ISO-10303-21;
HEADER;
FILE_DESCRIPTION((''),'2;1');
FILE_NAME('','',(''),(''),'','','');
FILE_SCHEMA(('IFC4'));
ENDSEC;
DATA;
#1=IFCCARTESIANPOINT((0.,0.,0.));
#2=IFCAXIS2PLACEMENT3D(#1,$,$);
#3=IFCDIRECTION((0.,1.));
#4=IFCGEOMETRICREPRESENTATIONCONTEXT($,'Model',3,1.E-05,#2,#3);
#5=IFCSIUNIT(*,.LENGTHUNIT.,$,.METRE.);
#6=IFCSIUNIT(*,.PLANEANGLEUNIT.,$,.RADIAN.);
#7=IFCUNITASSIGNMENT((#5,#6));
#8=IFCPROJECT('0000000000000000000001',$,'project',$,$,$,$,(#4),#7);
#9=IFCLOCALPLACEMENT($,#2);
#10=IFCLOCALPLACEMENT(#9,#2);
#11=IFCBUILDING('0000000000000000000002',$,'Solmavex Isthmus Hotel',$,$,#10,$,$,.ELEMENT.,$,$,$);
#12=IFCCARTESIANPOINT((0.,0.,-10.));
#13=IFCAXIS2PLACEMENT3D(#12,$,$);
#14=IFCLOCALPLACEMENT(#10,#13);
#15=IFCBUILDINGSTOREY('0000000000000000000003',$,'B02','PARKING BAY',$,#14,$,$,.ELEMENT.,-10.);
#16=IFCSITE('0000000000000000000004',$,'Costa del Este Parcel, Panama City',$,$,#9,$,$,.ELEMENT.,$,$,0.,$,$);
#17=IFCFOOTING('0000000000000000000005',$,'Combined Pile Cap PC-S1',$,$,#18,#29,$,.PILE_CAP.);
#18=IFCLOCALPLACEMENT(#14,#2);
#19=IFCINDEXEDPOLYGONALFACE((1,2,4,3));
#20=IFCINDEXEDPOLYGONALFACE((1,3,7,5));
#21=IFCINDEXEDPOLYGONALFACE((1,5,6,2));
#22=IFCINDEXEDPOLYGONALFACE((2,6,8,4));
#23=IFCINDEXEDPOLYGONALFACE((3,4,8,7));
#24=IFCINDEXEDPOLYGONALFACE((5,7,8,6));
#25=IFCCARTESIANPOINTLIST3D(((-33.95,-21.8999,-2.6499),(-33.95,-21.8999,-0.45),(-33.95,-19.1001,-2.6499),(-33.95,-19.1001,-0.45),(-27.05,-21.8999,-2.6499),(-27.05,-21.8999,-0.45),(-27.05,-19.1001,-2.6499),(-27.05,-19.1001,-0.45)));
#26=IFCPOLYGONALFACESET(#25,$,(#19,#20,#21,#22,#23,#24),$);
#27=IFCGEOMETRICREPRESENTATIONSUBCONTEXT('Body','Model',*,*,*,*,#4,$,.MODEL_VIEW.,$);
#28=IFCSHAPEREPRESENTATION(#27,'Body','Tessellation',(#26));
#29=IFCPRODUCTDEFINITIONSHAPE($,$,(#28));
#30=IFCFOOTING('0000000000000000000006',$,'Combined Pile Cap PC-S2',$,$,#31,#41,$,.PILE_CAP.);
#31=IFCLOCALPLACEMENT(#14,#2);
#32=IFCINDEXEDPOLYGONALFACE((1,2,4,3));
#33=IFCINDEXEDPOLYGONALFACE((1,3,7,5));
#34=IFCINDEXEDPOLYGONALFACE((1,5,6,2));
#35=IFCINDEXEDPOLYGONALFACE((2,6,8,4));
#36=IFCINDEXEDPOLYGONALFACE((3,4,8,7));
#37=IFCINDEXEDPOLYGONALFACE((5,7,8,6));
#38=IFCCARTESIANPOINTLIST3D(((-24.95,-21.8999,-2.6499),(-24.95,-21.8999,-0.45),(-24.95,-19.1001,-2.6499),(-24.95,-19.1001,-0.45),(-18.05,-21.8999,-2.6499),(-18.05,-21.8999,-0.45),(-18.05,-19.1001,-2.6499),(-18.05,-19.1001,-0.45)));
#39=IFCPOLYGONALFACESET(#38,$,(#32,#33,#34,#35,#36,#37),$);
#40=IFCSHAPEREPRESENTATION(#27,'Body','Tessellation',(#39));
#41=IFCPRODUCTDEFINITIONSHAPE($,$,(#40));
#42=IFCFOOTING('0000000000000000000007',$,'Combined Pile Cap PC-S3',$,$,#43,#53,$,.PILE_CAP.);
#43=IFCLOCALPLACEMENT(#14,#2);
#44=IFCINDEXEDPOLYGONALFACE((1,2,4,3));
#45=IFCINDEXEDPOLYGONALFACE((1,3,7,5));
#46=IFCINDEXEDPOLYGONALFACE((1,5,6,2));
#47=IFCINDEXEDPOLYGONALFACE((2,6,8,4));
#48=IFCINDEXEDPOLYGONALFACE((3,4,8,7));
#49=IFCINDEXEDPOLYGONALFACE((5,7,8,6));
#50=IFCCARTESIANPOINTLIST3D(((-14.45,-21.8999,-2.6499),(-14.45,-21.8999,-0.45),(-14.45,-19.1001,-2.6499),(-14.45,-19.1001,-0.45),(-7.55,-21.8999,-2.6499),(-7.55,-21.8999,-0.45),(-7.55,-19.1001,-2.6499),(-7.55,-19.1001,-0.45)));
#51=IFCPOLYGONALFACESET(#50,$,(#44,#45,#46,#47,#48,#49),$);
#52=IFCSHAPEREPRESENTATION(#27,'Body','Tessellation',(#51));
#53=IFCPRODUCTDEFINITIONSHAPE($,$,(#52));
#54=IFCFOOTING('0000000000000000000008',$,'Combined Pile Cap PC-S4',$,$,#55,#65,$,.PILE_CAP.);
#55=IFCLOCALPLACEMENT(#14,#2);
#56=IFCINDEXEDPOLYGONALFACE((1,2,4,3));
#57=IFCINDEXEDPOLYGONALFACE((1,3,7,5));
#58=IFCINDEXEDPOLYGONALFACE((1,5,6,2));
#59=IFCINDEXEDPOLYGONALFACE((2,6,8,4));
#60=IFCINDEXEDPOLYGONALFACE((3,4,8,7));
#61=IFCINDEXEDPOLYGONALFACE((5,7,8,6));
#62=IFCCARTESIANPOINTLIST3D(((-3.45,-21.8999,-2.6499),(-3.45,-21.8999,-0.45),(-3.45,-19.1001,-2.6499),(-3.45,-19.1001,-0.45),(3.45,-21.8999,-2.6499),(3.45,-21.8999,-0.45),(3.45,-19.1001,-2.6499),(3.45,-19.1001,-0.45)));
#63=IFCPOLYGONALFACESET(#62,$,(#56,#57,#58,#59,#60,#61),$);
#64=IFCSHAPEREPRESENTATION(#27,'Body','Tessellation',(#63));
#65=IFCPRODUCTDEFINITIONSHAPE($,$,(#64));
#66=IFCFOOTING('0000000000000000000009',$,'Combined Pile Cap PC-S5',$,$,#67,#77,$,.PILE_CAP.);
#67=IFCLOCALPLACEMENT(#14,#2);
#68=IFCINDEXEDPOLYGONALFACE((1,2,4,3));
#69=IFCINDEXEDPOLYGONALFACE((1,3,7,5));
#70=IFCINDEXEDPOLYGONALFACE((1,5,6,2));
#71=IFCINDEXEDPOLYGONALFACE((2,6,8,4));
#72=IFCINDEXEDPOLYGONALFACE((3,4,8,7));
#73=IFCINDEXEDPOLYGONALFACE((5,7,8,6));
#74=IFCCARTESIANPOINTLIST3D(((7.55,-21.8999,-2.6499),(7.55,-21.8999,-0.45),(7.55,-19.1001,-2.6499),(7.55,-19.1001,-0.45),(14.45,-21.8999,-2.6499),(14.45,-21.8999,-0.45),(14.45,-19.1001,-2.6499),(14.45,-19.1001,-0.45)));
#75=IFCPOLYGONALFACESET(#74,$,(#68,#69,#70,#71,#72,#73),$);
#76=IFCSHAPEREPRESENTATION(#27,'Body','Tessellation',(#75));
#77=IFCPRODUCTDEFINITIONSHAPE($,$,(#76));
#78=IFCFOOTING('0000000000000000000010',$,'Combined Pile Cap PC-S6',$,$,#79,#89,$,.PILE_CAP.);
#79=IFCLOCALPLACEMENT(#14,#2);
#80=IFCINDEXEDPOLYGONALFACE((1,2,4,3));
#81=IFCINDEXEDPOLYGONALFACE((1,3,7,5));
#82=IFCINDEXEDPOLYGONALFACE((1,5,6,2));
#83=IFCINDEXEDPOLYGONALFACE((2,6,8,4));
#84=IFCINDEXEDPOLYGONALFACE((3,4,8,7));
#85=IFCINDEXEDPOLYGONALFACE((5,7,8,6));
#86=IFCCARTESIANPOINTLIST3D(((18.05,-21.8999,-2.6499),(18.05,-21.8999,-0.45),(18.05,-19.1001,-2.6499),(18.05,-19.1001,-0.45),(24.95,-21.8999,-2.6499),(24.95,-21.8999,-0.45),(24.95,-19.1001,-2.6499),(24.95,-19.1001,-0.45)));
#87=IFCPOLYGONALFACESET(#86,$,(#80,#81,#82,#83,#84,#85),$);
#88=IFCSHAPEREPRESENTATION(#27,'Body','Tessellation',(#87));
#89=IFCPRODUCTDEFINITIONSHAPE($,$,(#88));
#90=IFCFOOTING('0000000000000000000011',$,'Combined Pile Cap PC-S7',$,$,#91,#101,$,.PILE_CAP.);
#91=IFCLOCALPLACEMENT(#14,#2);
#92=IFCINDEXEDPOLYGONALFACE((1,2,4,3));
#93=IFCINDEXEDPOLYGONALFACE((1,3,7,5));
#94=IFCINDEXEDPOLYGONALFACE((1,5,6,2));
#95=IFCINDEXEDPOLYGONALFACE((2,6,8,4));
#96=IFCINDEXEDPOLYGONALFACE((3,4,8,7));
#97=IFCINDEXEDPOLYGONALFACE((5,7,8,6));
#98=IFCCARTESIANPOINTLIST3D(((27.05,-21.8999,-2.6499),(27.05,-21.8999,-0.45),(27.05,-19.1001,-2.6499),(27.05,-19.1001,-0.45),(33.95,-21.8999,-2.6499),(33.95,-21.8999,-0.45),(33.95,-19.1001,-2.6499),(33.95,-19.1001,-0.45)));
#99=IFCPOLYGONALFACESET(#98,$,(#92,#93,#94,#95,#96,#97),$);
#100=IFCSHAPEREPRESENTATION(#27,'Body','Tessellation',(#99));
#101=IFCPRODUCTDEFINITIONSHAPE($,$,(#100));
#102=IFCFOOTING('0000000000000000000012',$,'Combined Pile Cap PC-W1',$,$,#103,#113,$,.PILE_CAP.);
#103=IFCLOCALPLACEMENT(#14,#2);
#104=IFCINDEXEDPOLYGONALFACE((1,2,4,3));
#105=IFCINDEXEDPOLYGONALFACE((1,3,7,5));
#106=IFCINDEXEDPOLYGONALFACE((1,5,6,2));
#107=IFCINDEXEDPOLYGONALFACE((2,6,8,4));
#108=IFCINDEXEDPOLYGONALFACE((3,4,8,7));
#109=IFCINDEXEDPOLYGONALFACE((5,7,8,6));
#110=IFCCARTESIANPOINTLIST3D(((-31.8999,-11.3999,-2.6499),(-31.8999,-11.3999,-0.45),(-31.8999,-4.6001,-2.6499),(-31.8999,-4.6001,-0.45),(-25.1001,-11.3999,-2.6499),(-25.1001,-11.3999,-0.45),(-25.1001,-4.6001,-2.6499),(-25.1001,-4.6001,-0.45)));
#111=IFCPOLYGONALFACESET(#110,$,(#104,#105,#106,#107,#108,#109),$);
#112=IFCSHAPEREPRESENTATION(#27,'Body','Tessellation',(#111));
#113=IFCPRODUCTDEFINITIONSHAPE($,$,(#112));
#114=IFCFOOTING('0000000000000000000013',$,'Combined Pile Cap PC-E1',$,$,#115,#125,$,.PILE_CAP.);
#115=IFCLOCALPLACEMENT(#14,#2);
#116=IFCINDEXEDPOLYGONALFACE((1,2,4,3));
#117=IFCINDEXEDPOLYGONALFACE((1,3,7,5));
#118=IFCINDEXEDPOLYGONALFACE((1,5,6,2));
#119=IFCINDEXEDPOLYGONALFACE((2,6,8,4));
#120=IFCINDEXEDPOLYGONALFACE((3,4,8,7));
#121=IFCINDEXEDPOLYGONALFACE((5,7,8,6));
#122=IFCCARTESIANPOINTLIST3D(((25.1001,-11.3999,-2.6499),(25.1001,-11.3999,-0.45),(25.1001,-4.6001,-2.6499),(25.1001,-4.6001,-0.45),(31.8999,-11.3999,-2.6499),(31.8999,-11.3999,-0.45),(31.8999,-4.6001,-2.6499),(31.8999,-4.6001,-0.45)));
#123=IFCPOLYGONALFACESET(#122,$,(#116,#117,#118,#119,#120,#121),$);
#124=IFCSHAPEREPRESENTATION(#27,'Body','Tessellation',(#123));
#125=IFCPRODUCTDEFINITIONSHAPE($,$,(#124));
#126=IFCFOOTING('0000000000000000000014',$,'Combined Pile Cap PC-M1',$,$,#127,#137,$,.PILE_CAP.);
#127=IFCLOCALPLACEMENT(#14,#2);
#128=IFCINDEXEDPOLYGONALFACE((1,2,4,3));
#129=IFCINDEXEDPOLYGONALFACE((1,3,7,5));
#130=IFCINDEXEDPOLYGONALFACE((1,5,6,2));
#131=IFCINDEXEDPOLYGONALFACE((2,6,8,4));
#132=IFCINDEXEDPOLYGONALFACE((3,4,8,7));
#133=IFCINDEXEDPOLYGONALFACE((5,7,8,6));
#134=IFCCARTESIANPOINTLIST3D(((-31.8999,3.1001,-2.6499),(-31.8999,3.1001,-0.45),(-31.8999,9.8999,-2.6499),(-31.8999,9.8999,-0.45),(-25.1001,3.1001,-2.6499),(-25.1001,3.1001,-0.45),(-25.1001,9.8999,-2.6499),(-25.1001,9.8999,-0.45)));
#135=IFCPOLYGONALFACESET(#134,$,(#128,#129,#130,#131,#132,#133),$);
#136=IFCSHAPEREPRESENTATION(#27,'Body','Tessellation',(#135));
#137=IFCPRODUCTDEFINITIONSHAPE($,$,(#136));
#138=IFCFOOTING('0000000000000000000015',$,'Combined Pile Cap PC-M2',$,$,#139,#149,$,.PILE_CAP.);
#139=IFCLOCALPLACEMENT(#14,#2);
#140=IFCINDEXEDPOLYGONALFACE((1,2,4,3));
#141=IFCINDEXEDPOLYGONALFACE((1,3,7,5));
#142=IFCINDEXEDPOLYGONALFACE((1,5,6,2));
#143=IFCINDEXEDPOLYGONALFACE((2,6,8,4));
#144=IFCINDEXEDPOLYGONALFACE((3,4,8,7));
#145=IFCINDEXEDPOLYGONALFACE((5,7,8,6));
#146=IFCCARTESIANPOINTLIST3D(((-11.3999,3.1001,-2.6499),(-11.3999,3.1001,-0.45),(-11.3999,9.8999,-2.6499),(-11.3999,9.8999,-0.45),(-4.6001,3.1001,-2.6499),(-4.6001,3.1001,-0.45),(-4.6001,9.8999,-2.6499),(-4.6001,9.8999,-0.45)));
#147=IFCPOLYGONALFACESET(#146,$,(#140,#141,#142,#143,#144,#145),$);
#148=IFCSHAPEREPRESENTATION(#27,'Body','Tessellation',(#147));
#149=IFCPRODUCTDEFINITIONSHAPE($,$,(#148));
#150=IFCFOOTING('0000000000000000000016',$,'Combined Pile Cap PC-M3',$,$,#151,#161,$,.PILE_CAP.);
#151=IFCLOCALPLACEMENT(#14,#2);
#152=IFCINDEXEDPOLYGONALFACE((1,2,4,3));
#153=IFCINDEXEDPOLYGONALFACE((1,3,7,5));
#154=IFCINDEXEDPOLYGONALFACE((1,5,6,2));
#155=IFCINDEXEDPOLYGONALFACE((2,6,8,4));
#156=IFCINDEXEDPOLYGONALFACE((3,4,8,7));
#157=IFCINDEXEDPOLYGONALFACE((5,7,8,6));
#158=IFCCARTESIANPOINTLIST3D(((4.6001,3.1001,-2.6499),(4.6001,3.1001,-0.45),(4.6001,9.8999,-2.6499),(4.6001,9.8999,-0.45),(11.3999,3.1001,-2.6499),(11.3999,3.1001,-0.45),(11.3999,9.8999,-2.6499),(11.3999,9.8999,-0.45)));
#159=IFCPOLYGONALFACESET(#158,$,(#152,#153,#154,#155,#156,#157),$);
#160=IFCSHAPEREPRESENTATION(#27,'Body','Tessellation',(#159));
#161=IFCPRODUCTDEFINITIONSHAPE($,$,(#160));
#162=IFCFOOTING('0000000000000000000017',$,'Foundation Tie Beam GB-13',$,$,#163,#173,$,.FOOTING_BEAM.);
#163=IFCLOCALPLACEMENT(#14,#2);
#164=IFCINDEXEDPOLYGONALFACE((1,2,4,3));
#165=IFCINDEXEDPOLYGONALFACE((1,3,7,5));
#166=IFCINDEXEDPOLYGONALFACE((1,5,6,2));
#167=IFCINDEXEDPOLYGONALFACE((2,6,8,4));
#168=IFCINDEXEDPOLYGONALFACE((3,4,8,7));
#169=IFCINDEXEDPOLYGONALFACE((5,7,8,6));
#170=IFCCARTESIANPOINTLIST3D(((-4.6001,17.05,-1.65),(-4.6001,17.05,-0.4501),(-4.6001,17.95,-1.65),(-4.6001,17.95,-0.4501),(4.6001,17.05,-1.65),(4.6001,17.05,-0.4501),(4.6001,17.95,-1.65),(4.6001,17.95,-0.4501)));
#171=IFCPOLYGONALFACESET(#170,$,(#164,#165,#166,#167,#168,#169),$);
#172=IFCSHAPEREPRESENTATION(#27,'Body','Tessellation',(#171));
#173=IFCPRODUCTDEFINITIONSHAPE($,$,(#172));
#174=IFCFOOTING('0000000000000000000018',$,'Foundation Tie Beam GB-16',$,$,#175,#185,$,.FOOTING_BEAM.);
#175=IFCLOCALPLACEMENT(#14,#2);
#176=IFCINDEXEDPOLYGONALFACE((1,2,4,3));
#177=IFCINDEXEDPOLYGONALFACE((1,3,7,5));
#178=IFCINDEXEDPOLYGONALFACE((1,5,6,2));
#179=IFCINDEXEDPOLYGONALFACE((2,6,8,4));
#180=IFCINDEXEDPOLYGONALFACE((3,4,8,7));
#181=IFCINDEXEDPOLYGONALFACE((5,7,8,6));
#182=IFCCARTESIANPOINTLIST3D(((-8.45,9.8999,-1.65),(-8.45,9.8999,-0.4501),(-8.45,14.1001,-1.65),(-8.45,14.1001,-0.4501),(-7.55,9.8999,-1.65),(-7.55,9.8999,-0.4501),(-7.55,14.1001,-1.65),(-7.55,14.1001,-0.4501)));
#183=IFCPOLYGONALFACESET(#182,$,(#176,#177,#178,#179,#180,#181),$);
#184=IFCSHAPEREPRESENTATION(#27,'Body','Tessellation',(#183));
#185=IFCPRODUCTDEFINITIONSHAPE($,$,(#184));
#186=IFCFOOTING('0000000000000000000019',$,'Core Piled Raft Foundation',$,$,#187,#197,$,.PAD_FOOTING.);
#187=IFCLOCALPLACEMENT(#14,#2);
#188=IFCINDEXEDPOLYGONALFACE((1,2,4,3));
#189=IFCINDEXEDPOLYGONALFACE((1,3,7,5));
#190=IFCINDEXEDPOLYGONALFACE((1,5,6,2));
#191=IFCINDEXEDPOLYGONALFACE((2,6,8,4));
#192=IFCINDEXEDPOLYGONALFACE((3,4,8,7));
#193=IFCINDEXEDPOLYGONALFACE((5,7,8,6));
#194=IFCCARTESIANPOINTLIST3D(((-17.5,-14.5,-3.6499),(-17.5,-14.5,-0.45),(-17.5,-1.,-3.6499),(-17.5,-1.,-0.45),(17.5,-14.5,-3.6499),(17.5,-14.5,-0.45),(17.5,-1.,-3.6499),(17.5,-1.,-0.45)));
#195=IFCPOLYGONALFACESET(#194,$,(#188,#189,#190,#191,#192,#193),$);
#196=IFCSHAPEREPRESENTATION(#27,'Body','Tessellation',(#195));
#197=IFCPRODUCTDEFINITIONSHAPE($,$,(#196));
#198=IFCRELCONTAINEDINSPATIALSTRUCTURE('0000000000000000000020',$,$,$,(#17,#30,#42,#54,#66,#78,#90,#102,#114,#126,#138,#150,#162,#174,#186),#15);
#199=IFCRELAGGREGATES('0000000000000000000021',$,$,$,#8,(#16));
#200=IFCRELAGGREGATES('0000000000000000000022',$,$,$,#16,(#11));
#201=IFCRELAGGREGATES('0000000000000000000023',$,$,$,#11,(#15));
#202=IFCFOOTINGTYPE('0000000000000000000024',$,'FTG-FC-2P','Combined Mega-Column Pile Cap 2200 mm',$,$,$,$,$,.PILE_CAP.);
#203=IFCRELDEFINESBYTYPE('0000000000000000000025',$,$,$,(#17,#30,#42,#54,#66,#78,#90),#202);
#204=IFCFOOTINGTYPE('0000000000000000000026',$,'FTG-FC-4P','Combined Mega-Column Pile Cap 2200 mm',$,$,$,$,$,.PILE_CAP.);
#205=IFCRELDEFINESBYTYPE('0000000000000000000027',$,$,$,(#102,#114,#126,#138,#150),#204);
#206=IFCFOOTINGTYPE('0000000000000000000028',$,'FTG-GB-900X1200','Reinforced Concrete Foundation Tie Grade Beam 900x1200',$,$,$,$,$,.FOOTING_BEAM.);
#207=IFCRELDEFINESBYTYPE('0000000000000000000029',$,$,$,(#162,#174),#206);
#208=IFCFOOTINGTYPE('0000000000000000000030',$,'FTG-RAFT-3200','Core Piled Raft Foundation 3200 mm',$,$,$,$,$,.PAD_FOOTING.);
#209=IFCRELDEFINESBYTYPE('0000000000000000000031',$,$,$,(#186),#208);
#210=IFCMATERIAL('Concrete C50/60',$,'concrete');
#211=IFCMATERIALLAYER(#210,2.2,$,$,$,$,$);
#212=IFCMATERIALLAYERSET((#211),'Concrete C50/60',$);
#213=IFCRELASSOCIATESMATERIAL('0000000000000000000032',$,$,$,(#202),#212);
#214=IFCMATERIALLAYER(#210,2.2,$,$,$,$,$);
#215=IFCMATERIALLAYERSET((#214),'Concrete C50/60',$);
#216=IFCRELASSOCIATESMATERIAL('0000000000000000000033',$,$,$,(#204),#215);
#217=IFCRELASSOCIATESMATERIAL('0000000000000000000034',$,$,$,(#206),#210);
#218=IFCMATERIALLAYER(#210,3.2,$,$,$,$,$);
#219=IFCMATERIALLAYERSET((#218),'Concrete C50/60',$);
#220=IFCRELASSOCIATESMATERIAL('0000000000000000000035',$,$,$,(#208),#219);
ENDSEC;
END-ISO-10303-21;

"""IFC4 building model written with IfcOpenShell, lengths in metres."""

from ifc_helpers import new_model, si_unit, direction, frame, origin, origin_2d, place, context, subcontext, project, spatial, polyline, rectangle, outline, extrude, material, layer, layer_set, type_object, element, save


model = new_model("IFC4")

# Units and contexts
model_context = context("Model", 3, precision=1e-05, world=origin(), true_north=direction((0.0, 1.0)))
body_context = subcontext(model_context, "Body", "Model", "MODEL_VIEW")
ifc_project = project(units=[si_unit("LENGTHUNIT", "METRE"), si_unit("PLANEANGLEUNIT", "RADIAN")], contexts=[model_context])

# Site, building, storey
site_placement = place(None, origin())
site = spatial("IfcSite", under=ifc_project, at=site_placement, Name="Costa del Este Parcel, Panama City", CompositionType="ELEMENT", RefElevation=0.0)
building_placement = place(site_placement, origin())
building = spatial("IfcBuilding", under=site, at=building_placement, Name="Solmavex Isthmus Hotel", CompositionType="ELEMENT")
storey_placement = place(building_placement, frame((0.0, 0.0, -10.0)))
storey = spatial("IfcBuildingStorey", under=building, at=storey_placement, Name="B02", Description="PARKING BAY", CompositionType="ELEMENT", Elevation=-10.0)

# Footings
ifc_material_1 = material(Name="Concrete C50/60", Category="concrete")
ifc_layer_1 = layer(ifc_material_1, 2.2)
ifc_layer_set_1 = layer_set([ifc_layer_1], Name="Concrete C50/60")
footing_type_1 = type_object("IfcFootingType", Name="FTG-FC-2P", Description="Combined Mega-Column Pile Cap 2200 mm", PredefinedType="PILE_CAP", material=ifc_layer_set_1)
footing_1_placement = place(storey_placement, frame((0.0, 0.0, -2.6499)))
element("IfcFooting", 1, at=footing_1_placement, inside=storey, type_object=footing_type_1, Name="Combined Pile Cap PC-S1", PredefinedType="PILE_CAP", context=body_context, shape_type="SweptSolid", body=[
    extrude(outline(polyline([(-33.95, -21.8999), (-27.05, -21.8999), (-27.05, -19.1001), (-33.95, -19.1001), (-33.95, -21.8999)])), origin(), (0.0, 0.0, 1.0), 2.2),
])
footing_2_placement = place(storey_placement, frame((0.0, 0.0, -2.6499)))
element("IfcFooting", 2, at=footing_2_placement, inside=storey, type_object=footing_type_1, Name="Combined Pile Cap PC-S2", PredefinedType="PILE_CAP", context=body_context, shape_type="SweptSolid", body=[
    extrude(outline(polyline([(-24.95, -21.8999), (-18.05, -21.8999), (-18.05, -19.1001), (-24.95, -19.1001), (-24.95, -21.8999)])), origin(), (0.0, 0.0, 1.0), 2.2),
])
footing_3_placement = place(storey_placement, frame((0.0, 0.0, -2.6499)))
element("IfcFooting", 3, at=footing_3_placement, inside=storey, type_object=footing_type_1, Name="Combined Pile Cap PC-S3", PredefinedType="PILE_CAP", context=body_context, shape_type="SweptSolid", body=[
    extrude(outline(polyline([(-14.45, -21.8999), (-7.55, -21.8999), (-7.55, -19.1001), (-14.45, -19.1001), (-14.45, -21.8999)])), origin(), (0.0, 0.0, 1.0), 2.2),
])
footing_4_placement = place(storey_placement, frame((0.0, 0.0, -2.6499)))
element("IfcFooting", 4, at=footing_4_placement, inside=storey, type_object=footing_type_1, Name="Combined Pile Cap PC-S4", PredefinedType="PILE_CAP", context=body_context, shape_type="SweptSolid", body=[
    extrude(outline(polyline([(-3.45, -21.8999), (3.45, -21.8999), (3.45, -19.1001), (-3.45, -19.1001), (-3.45, -21.8999)])), origin(), (0.0, 0.0, 1.0), 2.2),
])
footing_5_placement = place(storey_placement, frame((0.0, 0.0, -2.6499)))
element("IfcFooting", 5, at=footing_5_placement, inside=storey, type_object=footing_type_1, Name="Combined Pile Cap PC-S5", PredefinedType="PILE_CAP", context=body_context, shape_type="SweptSolid", body=[
    extrude(outline(polyline([(7.55, -21.8999), (14.45, -21.8999), (14.45, -19.1001), (7.55, -19.1001), (7.55, -21.8999)])), origin(), (0.0, 0.0, 1.0), 2.2),
])
footing_6_placement = place(storey_placement, frame((0.0, 0.0, -2.6499)))
element("IfcFooting", 6, at=footing_6_placement, inside=storey, type_object=footing_type_1, Name="Combined Pile Cap PC-S6", PredefinedType="PILE_CAP", context=body_context, shape_type="SweptSolid", body=[
    extrude(outline(polyline([(18.05, -21.8999), (24.95, -21.8999), (24.95, -19.1001), (18.05, -19.1001), (18.05, -21.8999)])), origin(), (0.0, 0.0, 1.0), 2.2),
])
footing_7_placement = place(storey_placement, frame((0.0, 0.0, -2.6499)))
element("IfcFooting", 7, at=footing_7_placement, inside=storey, type_object=footing_type_1, Name="Combined Pile Cap PC-S7", PredefinedType="PILE_CAP", context=body_context, shape_type="SweptSolid", body=[
    extrude(outline(polyline([(27.05, -21.8999), (33.95, -21.8999), (33.95, -19.1001), (27.05, -19.1001), (27.05, -21.8999)])), origin(), (0.0, 0.0, 1.0), 2.2),
])
ifc_layer_2 = layer(ifc_material_1, 2.2)
ifc_layer_set_2 = layer_set([ifc_layer_2], Name="Concrete C50/60")
footing_type_2 = type_object("IfcFootingType", Name="FTG-FC-4P", Description="Combined Mega-Column Pile Cap 2200 mm", PredefinedType="PILE_CAP", material=ifc_layer_set_2)
footing_8_placement = place(storey_placement, frame((0.0, 0.0, -2.6499)))
element("IfcFooting", 8, at=footing_8_placement, inside=storey, type_object=footing_type_2, Name="Combined Pile Cap PC-W1", PredefinedType="PILE_CAP", context=body_context, shape_type="SweptSolid", body=[
    extrude(outline(polyline([(-31.8999, -11.3999), (-25.1001, -11.3999), (-25.1001, -4.6001), (-31.8999, -4.6001), (-31.8999, -11.3999)])), origin(), (0.0, 0.0, 1.0), 2.2),
])
footing_9_placement = place(storey_placement, frame((0.0, 0.0, -2.6499)))
element("IfcFooting", 9, at=footing_9_placement, inside=storey, type_object=footing_type_2, Name="Combined Pile Cap PC-E1", PredefinedType="PILE_CAP", context=body_context, shape_type="SweptSolid", body=[
    extrude(outline(polyline([(25.1001, -11.3999), (31.8999, -11.3999), (31.8999, -4.6001), (25.1001, -4.6001), (25.1001, -11.3999)])), origin(), (0.0, 0.0, 1.0), 2.2),
])
footing_10_placement = place(storey_placement, frame((0.0, 0.0, -2.6499)))
element("IfcFooting", 10, at=footing_10_placement, inside=storey, type_object=footing_type_2, Name="Combined Pile Cap PC-M1", PredefinedType="PILE_CAP", context=body_context, shape_type="SweptSolid", body=[
    extrude(outline(polyline([(-31.8999, 3.1001), (-25.1001, 3.1001), (-25.1001, 9.8999), (-31.8999, 9.8999), (-31.8999, 3.1001)])), origin(), (0.0, 0.0, 1.0), 2.2),
])
footing_11_placement = place(storey_placement, frame((0.0, 0.0, -2.6499)))
element("IfcFooting", 11, at=footing_11_placement, inside=storey, type_object=footing_type_2, Name="Combined Pile Cap PC-M2", PredefinedType="PILE_CAP", context=body_context, shape_type="SweptSolid", body=[
    extrude(outline(polyline([(-11.3999, 3.1001), (-4.6001, 3.1001), (-4.6001, 9.8999), (-11.3999, 9.8999), (-11.3999, 3.1001)])), origin(), (0.0, 0.0, 1.0), 2.2),
])
footing_12_placement = place(storey_placement, frame((0.0, 0.0, -2.6499)))
element("IfcFooting", 12, at=footing_12_placement, inside=storey, type_object=footing_type_2, Name="Combined Pile Cap PC-M3", PredefinedType="PILE_CAP", context=body_context, shape_type="SweptSolid", body=[
    extrude(outline(polyline([(4.6001, 3.1001), (11.3999, 3.1001), (11.3999, 9.8999), (4.6001, 9.8999), (4.6001, 3.1001)])), origin(), (0.0, 0.0, 1.0), 2.2),
])
footing_type_3 = type_object("IfcFootingType", Name="FTG-GB-900X1200", Description="Reinforced Concrete Foundation Tie Grade Beam 900x1200", PredefinedType="FOOTING_BEAM", material=ifc_material_1)
footing_13_placement = place(storey_placement, frame((-4.6001, 17.5, -1.05), z_axis=(1.0, 0.0, 0.0), x_axis=(0.0, 1.0, 0.0)))
element("IfcFooting", 13, at=footing_13_placement, inside=storey, type_object=footing_type_3, Name="Foundation Tie Beam GB-13", PredefinedType="FOOTING_BEAM", context=body_context, shape_type="SweptSolid", body=[
    extrude(rectangle(XDim=0.8999, YDim=1.2, at=origin_2d()), origin(), (0.0, 0.0, 1.0), 9.2002),
])
footing_14_placement = place(storey_placement, frame((-8.0, 9.8999, -1.05), z_axis=(0.0, 1.0, 0.0), x_axis=(-1.0, 0.0, 0.0)))
element("IfcFooting", 14, at=footing_14_placement, inside=storey, type_object=footing_type_3, Name="Foundation Tie Beam GB-16", PredefinedType="FOOTING_BEAM", context=body_context, shape_type="SweptSolid", body=[
    extrude(rectangle(XDim=0.8999, YDim=1.2, at=origin_2d()), origin(), (0.0, 0.0, 1.0), 4.2002),
])
ifc_layer_3 = layer(ifc_material_1, 3.2)
ifc_layer_set_3 = layer_set([ifc_layer_3], Name="Concrete C50/60")
footing_type_4 = type_object("IfcFootingType", Name="FTG-RAFT-3200", Description="Core Piled Raft Foundation 3200 mm", PredefinedType="PAD_FOOTING", material=ifc_layer_set_3)
footing_15_placement = place(storey_placement, frame((0.0, 0.0, -3.6499)))
element("IfcFooting", 15, at=footing_15_placement, inside=storey, type_object=footing_type_4, Name="Core Piled Raft Foundation", PredefinedType="PAD_FOOTING", context=body_context, shape_type="SweptSolid", body=[
    extrude(outline(polyline([(-17.5, -14.5), (17.5, -14.5), (17.5, -1.0), (-17.5, -1.0), (-17.5, -14.5)])), origin(), (0.0, 0.0, 1.0), 3.2),
])

save(model, "model.ifc")
